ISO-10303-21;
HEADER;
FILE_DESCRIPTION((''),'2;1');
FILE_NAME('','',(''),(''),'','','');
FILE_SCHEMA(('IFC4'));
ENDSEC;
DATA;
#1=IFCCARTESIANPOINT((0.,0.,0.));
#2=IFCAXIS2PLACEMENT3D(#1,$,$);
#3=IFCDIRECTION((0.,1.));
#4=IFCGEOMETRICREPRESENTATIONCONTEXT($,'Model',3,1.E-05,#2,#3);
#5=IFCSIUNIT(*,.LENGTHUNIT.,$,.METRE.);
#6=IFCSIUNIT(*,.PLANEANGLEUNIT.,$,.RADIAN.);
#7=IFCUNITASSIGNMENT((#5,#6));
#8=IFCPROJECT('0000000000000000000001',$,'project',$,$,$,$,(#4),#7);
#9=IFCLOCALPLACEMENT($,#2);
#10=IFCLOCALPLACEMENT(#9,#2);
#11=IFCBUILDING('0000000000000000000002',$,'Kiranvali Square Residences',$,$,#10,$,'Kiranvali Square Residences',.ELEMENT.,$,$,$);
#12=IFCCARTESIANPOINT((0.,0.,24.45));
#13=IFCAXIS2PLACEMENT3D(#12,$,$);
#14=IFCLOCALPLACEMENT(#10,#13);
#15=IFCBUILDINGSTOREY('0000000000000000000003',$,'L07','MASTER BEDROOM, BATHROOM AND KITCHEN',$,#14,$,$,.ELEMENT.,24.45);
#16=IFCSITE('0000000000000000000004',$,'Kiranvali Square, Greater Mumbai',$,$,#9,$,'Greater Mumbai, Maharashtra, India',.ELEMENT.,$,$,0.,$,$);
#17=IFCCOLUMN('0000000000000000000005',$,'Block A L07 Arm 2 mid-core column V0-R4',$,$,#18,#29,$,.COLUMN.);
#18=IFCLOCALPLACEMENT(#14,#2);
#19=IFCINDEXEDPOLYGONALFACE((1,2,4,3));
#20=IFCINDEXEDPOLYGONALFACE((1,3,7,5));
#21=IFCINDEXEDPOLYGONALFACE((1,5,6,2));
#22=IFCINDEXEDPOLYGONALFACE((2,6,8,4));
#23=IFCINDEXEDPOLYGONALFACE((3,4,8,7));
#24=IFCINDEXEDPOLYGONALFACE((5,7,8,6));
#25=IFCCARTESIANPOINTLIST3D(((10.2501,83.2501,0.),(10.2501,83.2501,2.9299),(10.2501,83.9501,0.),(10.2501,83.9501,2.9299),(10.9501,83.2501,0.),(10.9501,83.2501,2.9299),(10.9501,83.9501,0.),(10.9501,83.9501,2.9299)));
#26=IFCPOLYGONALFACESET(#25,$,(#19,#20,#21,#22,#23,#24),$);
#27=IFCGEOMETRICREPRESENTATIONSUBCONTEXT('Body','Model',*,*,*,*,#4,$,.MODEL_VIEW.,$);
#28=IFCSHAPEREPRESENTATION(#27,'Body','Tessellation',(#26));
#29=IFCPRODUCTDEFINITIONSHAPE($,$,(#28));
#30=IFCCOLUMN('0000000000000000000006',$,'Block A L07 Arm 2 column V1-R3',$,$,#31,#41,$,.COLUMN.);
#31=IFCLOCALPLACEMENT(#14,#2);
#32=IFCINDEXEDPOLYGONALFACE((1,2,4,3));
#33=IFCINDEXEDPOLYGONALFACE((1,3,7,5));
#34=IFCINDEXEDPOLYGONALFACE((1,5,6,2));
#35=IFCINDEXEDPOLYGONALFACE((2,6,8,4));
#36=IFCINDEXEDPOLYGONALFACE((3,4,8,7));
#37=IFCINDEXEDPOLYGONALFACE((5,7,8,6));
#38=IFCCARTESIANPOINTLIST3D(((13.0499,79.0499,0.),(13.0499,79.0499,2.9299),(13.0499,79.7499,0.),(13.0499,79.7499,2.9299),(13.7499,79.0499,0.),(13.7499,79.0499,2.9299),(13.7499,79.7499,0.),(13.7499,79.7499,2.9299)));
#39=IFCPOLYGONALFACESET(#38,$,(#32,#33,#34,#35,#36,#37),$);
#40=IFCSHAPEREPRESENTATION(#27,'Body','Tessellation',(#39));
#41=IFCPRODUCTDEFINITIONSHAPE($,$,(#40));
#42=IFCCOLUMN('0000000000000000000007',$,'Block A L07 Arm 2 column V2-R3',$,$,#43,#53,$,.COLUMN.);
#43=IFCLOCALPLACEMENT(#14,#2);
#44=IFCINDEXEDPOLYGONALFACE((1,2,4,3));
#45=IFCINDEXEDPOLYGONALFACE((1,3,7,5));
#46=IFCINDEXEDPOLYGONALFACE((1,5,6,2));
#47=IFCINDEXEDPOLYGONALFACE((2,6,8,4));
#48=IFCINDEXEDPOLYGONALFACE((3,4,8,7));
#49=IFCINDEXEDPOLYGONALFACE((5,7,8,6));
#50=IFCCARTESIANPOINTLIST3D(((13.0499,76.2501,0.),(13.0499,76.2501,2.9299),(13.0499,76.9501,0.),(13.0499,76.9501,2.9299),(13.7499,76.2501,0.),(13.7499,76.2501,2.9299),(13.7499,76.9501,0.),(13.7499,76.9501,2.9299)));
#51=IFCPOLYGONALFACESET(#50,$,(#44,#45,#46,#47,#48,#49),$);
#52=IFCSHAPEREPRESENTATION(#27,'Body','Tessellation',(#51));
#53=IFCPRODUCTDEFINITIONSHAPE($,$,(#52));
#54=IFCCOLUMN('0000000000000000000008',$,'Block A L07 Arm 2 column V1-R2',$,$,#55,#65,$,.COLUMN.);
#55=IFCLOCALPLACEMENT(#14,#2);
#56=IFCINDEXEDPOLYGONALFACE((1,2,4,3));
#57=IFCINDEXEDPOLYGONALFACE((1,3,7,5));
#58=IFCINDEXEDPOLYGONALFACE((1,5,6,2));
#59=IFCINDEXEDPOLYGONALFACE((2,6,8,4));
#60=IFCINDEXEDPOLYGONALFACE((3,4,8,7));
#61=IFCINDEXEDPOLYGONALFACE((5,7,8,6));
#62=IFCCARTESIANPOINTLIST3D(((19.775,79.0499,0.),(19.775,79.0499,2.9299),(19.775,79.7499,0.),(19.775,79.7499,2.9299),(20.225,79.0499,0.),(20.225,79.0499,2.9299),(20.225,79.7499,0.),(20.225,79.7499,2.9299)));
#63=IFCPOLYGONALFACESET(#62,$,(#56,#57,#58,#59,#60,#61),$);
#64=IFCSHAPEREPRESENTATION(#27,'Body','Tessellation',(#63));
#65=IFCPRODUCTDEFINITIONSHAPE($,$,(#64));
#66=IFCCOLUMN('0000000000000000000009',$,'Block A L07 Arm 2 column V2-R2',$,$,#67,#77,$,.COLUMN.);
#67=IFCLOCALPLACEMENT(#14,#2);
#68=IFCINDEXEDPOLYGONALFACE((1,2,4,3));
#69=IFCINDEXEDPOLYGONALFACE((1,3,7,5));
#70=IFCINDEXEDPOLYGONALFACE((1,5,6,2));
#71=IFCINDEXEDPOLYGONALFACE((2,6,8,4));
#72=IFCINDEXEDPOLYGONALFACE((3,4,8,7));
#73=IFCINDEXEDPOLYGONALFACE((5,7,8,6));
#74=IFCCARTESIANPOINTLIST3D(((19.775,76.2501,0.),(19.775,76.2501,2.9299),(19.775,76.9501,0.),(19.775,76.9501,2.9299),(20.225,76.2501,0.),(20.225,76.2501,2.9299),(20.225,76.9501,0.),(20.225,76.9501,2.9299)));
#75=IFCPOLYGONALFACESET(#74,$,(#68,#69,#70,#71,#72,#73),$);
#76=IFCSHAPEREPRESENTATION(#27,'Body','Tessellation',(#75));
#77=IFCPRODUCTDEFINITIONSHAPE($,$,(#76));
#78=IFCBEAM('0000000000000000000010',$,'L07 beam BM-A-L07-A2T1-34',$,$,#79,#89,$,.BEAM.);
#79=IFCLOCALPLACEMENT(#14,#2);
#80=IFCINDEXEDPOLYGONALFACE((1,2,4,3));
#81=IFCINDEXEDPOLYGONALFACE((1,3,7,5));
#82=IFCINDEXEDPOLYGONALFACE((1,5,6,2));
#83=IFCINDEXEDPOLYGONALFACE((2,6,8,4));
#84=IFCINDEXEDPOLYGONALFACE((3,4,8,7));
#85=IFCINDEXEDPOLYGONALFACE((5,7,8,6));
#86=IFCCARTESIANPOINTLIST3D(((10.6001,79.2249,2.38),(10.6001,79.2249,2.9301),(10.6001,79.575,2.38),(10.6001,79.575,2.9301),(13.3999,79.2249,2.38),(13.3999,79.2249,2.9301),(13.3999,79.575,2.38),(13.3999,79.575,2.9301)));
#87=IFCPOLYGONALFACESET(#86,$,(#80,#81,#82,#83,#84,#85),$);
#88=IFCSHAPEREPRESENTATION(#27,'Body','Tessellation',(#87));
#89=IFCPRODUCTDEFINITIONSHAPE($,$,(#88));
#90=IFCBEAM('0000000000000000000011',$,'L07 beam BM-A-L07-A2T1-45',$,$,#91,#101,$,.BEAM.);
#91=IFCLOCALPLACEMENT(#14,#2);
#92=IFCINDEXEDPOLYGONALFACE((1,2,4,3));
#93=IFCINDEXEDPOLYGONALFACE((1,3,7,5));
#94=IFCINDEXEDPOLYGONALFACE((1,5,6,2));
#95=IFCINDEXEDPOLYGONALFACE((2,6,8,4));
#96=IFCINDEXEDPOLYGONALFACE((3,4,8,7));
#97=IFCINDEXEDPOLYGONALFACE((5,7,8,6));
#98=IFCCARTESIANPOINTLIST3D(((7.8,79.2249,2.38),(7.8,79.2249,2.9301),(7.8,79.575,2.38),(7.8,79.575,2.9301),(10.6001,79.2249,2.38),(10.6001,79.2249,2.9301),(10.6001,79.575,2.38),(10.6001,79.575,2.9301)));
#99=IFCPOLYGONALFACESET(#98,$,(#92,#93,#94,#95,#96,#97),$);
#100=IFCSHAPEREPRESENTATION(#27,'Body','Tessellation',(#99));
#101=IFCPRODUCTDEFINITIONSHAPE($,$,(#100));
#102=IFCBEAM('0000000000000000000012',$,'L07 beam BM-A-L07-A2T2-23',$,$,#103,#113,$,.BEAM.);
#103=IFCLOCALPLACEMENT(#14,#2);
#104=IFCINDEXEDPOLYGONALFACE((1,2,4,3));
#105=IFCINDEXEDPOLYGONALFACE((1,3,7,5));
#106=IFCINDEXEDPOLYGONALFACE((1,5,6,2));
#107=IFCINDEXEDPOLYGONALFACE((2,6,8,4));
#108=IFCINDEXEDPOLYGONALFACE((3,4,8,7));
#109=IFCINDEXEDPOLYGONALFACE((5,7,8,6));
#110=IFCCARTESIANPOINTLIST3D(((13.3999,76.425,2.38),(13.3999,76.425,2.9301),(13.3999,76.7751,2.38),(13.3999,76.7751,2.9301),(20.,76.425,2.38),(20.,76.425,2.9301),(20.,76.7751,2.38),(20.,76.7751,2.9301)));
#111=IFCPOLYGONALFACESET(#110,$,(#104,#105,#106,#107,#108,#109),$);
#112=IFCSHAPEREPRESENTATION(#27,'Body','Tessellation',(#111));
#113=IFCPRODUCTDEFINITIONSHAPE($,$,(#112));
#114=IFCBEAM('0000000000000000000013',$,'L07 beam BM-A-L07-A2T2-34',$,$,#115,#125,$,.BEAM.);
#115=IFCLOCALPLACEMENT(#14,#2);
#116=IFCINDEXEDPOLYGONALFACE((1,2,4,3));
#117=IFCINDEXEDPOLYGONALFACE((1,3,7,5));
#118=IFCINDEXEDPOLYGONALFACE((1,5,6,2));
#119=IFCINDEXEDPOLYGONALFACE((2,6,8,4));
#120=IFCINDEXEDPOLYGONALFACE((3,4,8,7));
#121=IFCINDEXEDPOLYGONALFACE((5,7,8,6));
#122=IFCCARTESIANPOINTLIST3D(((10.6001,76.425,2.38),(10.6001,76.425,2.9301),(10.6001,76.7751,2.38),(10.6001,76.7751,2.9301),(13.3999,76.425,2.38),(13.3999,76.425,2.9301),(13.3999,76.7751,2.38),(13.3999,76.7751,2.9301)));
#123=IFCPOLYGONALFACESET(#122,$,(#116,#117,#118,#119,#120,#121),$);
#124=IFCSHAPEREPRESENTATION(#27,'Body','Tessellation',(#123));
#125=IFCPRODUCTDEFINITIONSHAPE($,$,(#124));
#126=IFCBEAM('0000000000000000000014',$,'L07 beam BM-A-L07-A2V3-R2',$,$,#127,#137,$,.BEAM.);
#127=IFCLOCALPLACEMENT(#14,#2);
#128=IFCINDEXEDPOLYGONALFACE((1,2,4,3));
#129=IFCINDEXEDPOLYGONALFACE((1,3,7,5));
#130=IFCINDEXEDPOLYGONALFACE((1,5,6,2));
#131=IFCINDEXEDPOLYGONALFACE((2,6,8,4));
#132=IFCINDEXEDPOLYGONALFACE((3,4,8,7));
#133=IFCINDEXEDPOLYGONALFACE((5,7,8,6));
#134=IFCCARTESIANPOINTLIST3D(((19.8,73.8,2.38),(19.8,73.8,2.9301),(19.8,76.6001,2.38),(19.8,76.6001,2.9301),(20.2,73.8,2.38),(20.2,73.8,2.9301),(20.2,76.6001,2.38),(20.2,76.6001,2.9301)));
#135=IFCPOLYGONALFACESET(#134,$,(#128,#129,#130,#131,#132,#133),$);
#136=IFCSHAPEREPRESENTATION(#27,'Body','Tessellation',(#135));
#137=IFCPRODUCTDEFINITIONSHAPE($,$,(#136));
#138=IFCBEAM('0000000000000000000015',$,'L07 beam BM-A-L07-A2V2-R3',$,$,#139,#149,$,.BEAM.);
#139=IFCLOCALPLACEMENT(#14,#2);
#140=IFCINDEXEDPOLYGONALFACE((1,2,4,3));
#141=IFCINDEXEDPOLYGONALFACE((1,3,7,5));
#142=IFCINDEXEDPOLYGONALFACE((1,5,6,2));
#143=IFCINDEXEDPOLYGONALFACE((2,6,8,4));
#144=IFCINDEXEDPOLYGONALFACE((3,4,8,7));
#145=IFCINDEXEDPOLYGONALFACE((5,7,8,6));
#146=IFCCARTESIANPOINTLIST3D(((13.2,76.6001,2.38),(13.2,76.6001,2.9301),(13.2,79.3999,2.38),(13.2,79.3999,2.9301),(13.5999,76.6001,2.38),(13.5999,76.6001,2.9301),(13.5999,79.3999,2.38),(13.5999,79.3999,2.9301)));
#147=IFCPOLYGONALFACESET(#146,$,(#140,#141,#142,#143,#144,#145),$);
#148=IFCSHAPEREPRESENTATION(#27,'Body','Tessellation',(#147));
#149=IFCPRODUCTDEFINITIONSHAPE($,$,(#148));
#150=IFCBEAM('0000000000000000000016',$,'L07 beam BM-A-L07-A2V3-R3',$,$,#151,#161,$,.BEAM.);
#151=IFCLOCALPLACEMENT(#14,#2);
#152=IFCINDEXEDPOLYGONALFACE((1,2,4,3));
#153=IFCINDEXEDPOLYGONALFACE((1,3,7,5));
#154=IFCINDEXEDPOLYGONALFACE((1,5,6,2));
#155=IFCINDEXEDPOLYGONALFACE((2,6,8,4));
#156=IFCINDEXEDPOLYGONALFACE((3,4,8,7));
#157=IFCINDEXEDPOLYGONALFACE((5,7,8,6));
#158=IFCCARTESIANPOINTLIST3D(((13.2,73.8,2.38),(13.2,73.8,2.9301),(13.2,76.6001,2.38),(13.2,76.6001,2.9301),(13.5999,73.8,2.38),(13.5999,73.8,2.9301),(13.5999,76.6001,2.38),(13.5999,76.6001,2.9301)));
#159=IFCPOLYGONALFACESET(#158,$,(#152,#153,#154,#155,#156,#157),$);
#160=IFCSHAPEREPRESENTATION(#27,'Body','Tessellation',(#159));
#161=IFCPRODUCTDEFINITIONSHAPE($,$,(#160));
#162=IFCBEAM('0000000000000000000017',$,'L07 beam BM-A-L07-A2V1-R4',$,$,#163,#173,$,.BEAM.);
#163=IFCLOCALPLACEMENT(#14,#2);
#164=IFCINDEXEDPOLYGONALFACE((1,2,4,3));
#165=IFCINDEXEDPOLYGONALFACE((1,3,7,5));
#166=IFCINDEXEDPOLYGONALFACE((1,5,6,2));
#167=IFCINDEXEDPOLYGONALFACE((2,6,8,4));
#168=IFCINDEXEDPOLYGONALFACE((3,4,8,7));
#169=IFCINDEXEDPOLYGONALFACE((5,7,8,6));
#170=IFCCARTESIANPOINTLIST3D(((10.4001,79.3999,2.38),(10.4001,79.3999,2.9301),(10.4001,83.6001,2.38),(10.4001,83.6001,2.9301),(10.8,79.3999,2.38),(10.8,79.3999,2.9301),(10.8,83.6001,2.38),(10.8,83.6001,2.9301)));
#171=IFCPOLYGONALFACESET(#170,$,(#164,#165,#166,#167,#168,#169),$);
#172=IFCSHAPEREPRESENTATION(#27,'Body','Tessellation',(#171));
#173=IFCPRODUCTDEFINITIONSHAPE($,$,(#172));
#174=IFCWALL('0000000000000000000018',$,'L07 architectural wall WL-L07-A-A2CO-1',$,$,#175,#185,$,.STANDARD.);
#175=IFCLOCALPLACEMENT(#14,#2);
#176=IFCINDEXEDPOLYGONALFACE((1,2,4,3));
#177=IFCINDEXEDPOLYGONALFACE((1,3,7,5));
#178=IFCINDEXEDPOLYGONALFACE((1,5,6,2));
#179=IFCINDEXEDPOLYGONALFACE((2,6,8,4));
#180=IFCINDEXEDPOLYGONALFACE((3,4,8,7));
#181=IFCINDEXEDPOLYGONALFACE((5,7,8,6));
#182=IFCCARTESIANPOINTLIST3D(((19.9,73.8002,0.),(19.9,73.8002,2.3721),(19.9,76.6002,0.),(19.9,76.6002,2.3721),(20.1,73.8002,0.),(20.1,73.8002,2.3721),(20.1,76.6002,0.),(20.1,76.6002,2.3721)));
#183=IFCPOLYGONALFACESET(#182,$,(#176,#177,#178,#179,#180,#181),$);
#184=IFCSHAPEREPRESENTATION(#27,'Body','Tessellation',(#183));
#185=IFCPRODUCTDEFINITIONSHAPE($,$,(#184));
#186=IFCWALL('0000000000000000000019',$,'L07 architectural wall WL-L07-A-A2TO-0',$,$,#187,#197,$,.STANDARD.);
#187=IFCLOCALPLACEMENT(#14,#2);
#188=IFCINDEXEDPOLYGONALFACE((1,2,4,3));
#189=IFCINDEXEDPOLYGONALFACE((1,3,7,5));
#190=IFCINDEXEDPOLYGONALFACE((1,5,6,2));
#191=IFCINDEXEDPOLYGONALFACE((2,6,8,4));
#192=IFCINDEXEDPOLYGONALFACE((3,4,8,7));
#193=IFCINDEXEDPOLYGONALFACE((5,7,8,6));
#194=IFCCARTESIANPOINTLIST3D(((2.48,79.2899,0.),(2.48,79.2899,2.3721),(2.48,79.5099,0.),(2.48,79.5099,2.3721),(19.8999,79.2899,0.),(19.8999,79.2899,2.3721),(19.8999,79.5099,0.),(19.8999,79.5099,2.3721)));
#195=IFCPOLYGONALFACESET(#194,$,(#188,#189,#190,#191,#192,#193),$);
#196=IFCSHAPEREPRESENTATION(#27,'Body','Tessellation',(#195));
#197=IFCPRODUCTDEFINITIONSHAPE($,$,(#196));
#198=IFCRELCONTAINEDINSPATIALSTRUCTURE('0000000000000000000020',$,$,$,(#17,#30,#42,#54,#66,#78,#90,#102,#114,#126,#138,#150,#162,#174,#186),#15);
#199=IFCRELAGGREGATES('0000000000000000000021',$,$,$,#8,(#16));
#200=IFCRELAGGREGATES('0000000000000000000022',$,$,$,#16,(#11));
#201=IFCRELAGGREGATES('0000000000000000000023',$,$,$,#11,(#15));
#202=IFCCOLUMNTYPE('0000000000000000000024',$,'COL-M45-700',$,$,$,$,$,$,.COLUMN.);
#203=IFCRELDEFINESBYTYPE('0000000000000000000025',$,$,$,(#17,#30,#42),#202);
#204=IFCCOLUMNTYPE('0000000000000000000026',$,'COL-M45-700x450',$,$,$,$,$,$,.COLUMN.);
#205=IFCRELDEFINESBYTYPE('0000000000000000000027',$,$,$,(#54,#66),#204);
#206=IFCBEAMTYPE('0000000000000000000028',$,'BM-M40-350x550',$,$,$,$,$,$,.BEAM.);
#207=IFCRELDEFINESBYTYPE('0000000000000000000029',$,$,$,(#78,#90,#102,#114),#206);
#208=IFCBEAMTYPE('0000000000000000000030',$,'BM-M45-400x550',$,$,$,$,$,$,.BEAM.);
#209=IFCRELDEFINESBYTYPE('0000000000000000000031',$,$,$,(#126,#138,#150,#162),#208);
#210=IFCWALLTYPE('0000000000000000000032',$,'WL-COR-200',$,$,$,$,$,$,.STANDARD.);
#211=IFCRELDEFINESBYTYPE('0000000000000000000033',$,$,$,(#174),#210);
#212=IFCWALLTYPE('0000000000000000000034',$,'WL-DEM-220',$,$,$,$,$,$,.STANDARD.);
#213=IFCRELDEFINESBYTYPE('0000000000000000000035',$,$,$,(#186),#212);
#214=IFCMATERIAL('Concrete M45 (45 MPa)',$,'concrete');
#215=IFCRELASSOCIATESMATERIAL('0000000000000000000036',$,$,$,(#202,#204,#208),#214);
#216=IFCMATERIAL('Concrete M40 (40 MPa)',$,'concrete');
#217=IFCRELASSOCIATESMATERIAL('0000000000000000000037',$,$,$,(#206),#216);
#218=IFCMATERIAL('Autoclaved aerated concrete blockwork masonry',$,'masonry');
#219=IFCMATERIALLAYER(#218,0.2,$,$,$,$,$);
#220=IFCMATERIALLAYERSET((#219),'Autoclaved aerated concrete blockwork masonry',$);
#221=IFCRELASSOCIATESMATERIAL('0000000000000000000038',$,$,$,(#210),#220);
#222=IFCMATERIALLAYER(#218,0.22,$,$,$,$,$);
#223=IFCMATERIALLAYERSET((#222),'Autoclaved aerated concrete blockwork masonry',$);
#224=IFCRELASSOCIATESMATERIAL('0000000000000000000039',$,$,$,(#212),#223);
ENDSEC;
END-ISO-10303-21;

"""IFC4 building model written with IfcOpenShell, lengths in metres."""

from ifc_helpers import new_model, si_unit, direction, frame, frame_2d, origin, origin_2d, place, context, subcontext, project, spatial, rectangle, extrude, material, layer, layer_set, material_profile, profile_set, type_object, element, save


model = new_model("IFC4")

# Units and contexts
model_context = context("Model", 3, precision=1e-05, world=origin(), true_north=direction((0.0, 1.0)))
body_context = subcontext(model_context, "Body", "Model", "MODEL_VIEW")
ifc_project = project(units=[si_unit("LENGTHUNIT", "METRE"), si_unit("PLANEANGLEUNIT", "RADIAN")], contexts=[model_context])

# Site, building, storey
site_placement = place(None, origin())
site = spatial("IfcSite", under=ifc_project, at=site_placement, Name="Kiranvali Square, Greater Mumbai", LongName="Greater Mumbai, Maharashtra, India", CompositionType="ELEMENT", RefElevation=0.0)
building_placement = place(site_placement, origin())
building = spatial("IfcBuilding", under=site, at=building_placement, Name="Kiranvali Square Residences", LongName="Kiranvali Square Residences", CompositionType="ELEMENT")
storey_placement = place(building_placement, frame((0.0, 0.0, 24.45)))
storey = spatial("IfcBuildingStorey", under=building, at=storey_placement, Name="L07", Description="MASTER BEDROOM, BATHROOM AND KITCHEN", CompositionType="ELEMENT", Elevation=24.45)

# Columns
ifc_material_1 = material(Name="Concrete M45 (45 MPa)", Category="concrete")
ifc_material_profile_1 = material_profile(ifc_material_1, rectangle(XDim=0.7, YDim=0.7, at=origin_2d()), Name="RC 700x700")
ifc_profile_set_1 = profile_set([ifc_material_profile_1], Name="Concrete M45 (45 MPa)")
column_type_1 = type_object("IfcColumnType", Name="COL-M45-700", PredefinedType="COLUMN", material=ifc_profile_set_1)
for number, where, z_axis, x_axis, name in (
    (1, (10.6001, 83.6001, 0.0), (0.0, 0.0, 1.0), (1.0, 0.0, 0.0), "Block A L07 Arm 2 mid-core column V0-R4"),
    (2, (13.3999, 79.3999, 0.0), (0.0, 0.0, 1.0), (1.0, 0.0, 0.0), "Block A L07 Arm 2 column V1-R3"),
    (3, (13.3999, 76.6001, 0.0), (0.0, 0.0, 1.0), (1.0, 0.0, 0.0), "Block A L07 Arm 2 column V2-R3"),
):
    element("IfcColumn", number, at=place(storey_placement, frame(where, z_axis=z_axis, x_axis=x_axis)), inside=storey, type_object=column_type_1, Name=name, PredefinedType="COLUMN", context=body_context, shape_type="SweptSolid", body=[
        extrude(rectangle(XDim=0.7, YDim=0.7, at=origin_2d()), origin(), (0.0, 0.0, 1.0), 2.9299),
    ])
ifc_material_profile_2 = material_profile(ifc_material_1, rectangle(XDim=0.45, YDim=0.7, at=origin_2d()), Name="RC 700x450")
ifc_profile_set_2 = profile_set([ifc_material_profile_2], Name="Concrete M45 (45 MPa)")
column_type_2 = type_object("IfcColumnType", Name="COL-M45-700x450", PredefinedType="COLUMN", material=ifc_profile_set_2)
for number, where, z_axis, x_axis, name in (
    (4, (20.0, 79.3999, 0.0), (0.0, 0.0, 1.0), (1.0, 0.0, 0.0), "Block A L07 Arm 2 column V1-R2"),
    (5, (20.0, 76.6001, 0.0), (0.0, 0.0, 1.0), (1.0, 0.0, 0.0), "Block A L07 Arm 2 column V2-R2"),
):
    element("IfcColumn", number, at=place(storey_placement, frame(where, z_axis=z_axis, x_axis=x_axis)), inside=storey, type_object=column_type_2, Name=name, PredefinedType="COLUMN", context=body_context, shape_type="SweptSolid", body=[
        extrude(rectangle(XDim=0.45, YDim=0.7, at=origin_2d()), origin(), (0.0, 0.0, 1.0), 2.9299),
    ])

# Beams
ifc_material_2 = material(Name="Concrete M40 (40 MPa)", Category="concrete")
ifc_material_profile_3 = material_profile(ifc_material_2, rectangle(XDim=0.3501, YDim=0.55, at=origin_2d()), Name="RC 350x550")
ifc_profile_set_3 = profile_set([ifc_material_profile_3], Name="Concrete M40 (40 MPa)")
beam_type_1 = type_object("IfcBeamType", Name="BM-M40-350x550", PredefinedType="BEAM", material=ifc_profile_set_3)
beam_1_placement = place(storey_placement, frame((13.3999, 79.3999, 2.655), z_axis=(-1.0, 0.0, 0.0), x_axis=(0.0, -1.0, 0.0)))
element("IfcBeam", 6, at=beam_1_placement, inside=storey, type_object=beam_type_1, Name="L07 beam BM-A-L07-A2T1-34", PredefinedType="BEAM", context=body_context, shape_type="SweptSolid", body=[
    extrude(rectangle(XDim=0.3501, YDim=0.55, at=origin_2d()), origin(), (0.0, 0.0, 1.0), 2.7998),
])
beam_2_placement = place(storey_placement, frame((10.6001, 79.3999, 2.655), z_axis=(-1.0, 0.0, 0.0), x_axis=(0.0, -1.0, 0.0)))
element("IfcBeam", 7, at=beam_2_placement, inside=storey, type_object=beam_type_1, Name="L07 beam BM-A-L07-A2T1-45", PredefinedType="BEAM", context=body_context, shape_type="SweptSolid", body=[
    extrude(rectangle(XDim=0.3501, YDim=0.55, at=origin_2d()), origin(), (0.0, 0.0, 1.0), 2.8),
])
beam_3_placement = place(storey_placement, frame((20.0, 76.6001, 2.655), z_axis=(-1.0, 0.0, 0.0), x_axis=(0.0, -1.0, 0.0)))
element("IfcBeam", 8, at=beam_3_placement, inside=storey, type_object=beam_type_1, Name="L07 beam BM-A-L07-A2T2-23", PredefinedType="BEAM", context=body_context, shape_type="SweptSolid", body=[
    extrude(rectangle(XDim=0.3501, YDim=0.55, at=origin_2d()), origin(), (0.0, 0.0, 1.0), 6.6001),
])
beam_4_placement = place(storey_placement, frame((13.3999, 76.6001, 2.655), z_axis=(-1.0, 0.0, 0.0), x_axis=(0.0, -1.0, 0.0)))
element("IfcBeam", 9, at=beam_4_placement, inside=storey, type_object=beam_type_1, Name="L07 beam BM-A-L07-A2T2-34", PredefinedType="BEAM", context=body_context, shape_type="SweptSolid", body=[
    extrude(rectangle(XDim=0.3501, YDim=0.55, at=origin_2d()), origin(), (0.0, 0.0, 1.0), 2.7998),
])
ifc_material_profile_4 = material_profile(ifc_material_1, rectangle(XDim=0.3999, YDim=0.55, at=origin_2d()), Name="RC 400x550")
ifc_profile_set_4 = profile_set([ifc_material_profile_4], Name="Concrete M45 (45 MPa)")
beam_type_2 = type_object("IfcBeamType", Name="BM-M45-400x550", PredefinedType="BEAM", material=ifc_profile_set_4)
beam_5_placement = place(storey_placement, frame((20.0, 76.6001, 2.655), z_axis=(0.0, -1.0, 0.0), x_axis=(1.0, 0.0, 0.0)))
element("IfcBeam", 10, at=beam_5_placement, inside=storey, type_object=beam_type_2, Name="L07 beam BM-A-L07-A2V3-R2", PredefinedType="BEAM", context=body_context, shape_type="SweptSolid", body=[
    extrude(rectangle(XDim=0.3999, YDim=0.55, at=origin_2d()), origin(), (0.0, 0.0, 1.0), 2.8),
])
beam_6_placement = place(storey_placement, frame((13.3999, 79.3999, 2.655), z_axis=(0.0, -1.0, 0.0), x_axis=(1.0, 0.0, 0.0)))
element("IfcBeam", 11, at=beam_6_placement, inside=storey, type_object=beam_type_2, Name="L07 beam BM-A-L07-A2V2-R3", PredefinedType="BEAM", context=body_context, shape_type="SweptSolid", body=[
    extrude(rectangle(XDim=0.3999, YDim=0.55, at=origin_2d()), origin(), (0.0, 0.0, 1.0), 2.7998),
])
beam_7_placement = place(storey_placement, frame((13.3999, 76.6001, 2.655), z_axis=(0.0, -1.0, 0.0), x_axis=(1.0, 0.0, 0.0)))
element("IfcBeam", 12, at=beam_7_placement, inside=storey, type_object=beam_type_2, Name="L07 beam BM-A-L07-A2V3-R3", PredefinedType="BEAM", context=body_context, shape_type="SweptSolid", body=[
    extrude(rectangle(XDim=0.3999, YDim=0.55, at=origin_2d()), origin(), (0.0, 0.0, 1.0), 2.8),
])
beam_8_placement = place(storey_placement, frame((10.6001, 83.6001, 2.655), z_axis=(0.0, -1.0, 0.0), x_axis=(1.0, 0.0, 0.0)))
element("IfcBeam", 13, at=beam_8_placement, inside=storey, type_object=beam_type_2, Name="L07 beam BM-A-L07-A2V1-R4", PredefinedType="BEAM", context=body_context, shape_type="SweptSolid", body=[
    extrude(rectangle(XDim=0.3999, YDim=0.55, at=origin_2d()), origin(), (0.0, 0.0, 1.0), 4.2002),
])

# Walls
ifc_material_3 = material(Name="Autoclaved aerated concrete blockwork masonry", Category="masonry")
ifc_layer_1 = layer(ifc_material_3, 0.2)
ifc_layer_set_1 = layer_set([ifc_layer_1], Name="Autoclaved aerated concrete blockwork masonry")
wall_type_1 = type_object("IfcWallType", Name="WL-COR-200", PredefinedType="STANDARD", material=ifc_layer_set_1)
wall_1_placement = place(storey_placement, frame((20.0, 76.6001, 0.0), z_axis=(0.0, 0.0, 1.0), x_axis=(0.0, -1.0, 0.0)))
element("IfcWall", 14, at=wall_1_placement, inside=storey, type_object=wall_type_1, Name="L07 architectural wall WL-L07-A-A2CO-1", PredefinedType="STANDARD", context=body_context, shape_type="SweptSolid", body=[
    extrude(rectangle(XDim=2.8, YDim=0.2, at=frame_2d((1.3999, 0.0))), origin(), (0.0, 0.0, 1.0), 2.3721),
])
ifc_layer_2 = layer(ifc_material_3, 0.22)
ifc_layer_set_2 = layer_set([ifc_layer_2], Name="Autoclaved aerated concrete blockwork masonry")
wall_type_2 = type_object("IfcWallType", Name="WL-DEM-220", PredefinedType="STANDARD", material=ifc_layer_set_2)
wall_2_placement = place(storey_placement, frame((19.8999, 79.3999, 0.0), z_axis=(0.0, 0.0, 1.0), x_axis=(-1.0, 0.0, 0.0)))
element("IfcWall", 15, at=wall_2_placement, inside=storey, type_object=wall_type_2, Name="L07 architectural wall WL-L07-A-A2TO-0", PredefinedType="STANDARD", context=body_context, shape_type="SweptSolid", body=[
    extrude(rectangle(XDim=17.4199, YDim=0.22, at=frame_2d((8.71, 0.0))), origin(), (0.0, 0.0, 1.0), 2.3721),
])

save(model, "model.ifc")
